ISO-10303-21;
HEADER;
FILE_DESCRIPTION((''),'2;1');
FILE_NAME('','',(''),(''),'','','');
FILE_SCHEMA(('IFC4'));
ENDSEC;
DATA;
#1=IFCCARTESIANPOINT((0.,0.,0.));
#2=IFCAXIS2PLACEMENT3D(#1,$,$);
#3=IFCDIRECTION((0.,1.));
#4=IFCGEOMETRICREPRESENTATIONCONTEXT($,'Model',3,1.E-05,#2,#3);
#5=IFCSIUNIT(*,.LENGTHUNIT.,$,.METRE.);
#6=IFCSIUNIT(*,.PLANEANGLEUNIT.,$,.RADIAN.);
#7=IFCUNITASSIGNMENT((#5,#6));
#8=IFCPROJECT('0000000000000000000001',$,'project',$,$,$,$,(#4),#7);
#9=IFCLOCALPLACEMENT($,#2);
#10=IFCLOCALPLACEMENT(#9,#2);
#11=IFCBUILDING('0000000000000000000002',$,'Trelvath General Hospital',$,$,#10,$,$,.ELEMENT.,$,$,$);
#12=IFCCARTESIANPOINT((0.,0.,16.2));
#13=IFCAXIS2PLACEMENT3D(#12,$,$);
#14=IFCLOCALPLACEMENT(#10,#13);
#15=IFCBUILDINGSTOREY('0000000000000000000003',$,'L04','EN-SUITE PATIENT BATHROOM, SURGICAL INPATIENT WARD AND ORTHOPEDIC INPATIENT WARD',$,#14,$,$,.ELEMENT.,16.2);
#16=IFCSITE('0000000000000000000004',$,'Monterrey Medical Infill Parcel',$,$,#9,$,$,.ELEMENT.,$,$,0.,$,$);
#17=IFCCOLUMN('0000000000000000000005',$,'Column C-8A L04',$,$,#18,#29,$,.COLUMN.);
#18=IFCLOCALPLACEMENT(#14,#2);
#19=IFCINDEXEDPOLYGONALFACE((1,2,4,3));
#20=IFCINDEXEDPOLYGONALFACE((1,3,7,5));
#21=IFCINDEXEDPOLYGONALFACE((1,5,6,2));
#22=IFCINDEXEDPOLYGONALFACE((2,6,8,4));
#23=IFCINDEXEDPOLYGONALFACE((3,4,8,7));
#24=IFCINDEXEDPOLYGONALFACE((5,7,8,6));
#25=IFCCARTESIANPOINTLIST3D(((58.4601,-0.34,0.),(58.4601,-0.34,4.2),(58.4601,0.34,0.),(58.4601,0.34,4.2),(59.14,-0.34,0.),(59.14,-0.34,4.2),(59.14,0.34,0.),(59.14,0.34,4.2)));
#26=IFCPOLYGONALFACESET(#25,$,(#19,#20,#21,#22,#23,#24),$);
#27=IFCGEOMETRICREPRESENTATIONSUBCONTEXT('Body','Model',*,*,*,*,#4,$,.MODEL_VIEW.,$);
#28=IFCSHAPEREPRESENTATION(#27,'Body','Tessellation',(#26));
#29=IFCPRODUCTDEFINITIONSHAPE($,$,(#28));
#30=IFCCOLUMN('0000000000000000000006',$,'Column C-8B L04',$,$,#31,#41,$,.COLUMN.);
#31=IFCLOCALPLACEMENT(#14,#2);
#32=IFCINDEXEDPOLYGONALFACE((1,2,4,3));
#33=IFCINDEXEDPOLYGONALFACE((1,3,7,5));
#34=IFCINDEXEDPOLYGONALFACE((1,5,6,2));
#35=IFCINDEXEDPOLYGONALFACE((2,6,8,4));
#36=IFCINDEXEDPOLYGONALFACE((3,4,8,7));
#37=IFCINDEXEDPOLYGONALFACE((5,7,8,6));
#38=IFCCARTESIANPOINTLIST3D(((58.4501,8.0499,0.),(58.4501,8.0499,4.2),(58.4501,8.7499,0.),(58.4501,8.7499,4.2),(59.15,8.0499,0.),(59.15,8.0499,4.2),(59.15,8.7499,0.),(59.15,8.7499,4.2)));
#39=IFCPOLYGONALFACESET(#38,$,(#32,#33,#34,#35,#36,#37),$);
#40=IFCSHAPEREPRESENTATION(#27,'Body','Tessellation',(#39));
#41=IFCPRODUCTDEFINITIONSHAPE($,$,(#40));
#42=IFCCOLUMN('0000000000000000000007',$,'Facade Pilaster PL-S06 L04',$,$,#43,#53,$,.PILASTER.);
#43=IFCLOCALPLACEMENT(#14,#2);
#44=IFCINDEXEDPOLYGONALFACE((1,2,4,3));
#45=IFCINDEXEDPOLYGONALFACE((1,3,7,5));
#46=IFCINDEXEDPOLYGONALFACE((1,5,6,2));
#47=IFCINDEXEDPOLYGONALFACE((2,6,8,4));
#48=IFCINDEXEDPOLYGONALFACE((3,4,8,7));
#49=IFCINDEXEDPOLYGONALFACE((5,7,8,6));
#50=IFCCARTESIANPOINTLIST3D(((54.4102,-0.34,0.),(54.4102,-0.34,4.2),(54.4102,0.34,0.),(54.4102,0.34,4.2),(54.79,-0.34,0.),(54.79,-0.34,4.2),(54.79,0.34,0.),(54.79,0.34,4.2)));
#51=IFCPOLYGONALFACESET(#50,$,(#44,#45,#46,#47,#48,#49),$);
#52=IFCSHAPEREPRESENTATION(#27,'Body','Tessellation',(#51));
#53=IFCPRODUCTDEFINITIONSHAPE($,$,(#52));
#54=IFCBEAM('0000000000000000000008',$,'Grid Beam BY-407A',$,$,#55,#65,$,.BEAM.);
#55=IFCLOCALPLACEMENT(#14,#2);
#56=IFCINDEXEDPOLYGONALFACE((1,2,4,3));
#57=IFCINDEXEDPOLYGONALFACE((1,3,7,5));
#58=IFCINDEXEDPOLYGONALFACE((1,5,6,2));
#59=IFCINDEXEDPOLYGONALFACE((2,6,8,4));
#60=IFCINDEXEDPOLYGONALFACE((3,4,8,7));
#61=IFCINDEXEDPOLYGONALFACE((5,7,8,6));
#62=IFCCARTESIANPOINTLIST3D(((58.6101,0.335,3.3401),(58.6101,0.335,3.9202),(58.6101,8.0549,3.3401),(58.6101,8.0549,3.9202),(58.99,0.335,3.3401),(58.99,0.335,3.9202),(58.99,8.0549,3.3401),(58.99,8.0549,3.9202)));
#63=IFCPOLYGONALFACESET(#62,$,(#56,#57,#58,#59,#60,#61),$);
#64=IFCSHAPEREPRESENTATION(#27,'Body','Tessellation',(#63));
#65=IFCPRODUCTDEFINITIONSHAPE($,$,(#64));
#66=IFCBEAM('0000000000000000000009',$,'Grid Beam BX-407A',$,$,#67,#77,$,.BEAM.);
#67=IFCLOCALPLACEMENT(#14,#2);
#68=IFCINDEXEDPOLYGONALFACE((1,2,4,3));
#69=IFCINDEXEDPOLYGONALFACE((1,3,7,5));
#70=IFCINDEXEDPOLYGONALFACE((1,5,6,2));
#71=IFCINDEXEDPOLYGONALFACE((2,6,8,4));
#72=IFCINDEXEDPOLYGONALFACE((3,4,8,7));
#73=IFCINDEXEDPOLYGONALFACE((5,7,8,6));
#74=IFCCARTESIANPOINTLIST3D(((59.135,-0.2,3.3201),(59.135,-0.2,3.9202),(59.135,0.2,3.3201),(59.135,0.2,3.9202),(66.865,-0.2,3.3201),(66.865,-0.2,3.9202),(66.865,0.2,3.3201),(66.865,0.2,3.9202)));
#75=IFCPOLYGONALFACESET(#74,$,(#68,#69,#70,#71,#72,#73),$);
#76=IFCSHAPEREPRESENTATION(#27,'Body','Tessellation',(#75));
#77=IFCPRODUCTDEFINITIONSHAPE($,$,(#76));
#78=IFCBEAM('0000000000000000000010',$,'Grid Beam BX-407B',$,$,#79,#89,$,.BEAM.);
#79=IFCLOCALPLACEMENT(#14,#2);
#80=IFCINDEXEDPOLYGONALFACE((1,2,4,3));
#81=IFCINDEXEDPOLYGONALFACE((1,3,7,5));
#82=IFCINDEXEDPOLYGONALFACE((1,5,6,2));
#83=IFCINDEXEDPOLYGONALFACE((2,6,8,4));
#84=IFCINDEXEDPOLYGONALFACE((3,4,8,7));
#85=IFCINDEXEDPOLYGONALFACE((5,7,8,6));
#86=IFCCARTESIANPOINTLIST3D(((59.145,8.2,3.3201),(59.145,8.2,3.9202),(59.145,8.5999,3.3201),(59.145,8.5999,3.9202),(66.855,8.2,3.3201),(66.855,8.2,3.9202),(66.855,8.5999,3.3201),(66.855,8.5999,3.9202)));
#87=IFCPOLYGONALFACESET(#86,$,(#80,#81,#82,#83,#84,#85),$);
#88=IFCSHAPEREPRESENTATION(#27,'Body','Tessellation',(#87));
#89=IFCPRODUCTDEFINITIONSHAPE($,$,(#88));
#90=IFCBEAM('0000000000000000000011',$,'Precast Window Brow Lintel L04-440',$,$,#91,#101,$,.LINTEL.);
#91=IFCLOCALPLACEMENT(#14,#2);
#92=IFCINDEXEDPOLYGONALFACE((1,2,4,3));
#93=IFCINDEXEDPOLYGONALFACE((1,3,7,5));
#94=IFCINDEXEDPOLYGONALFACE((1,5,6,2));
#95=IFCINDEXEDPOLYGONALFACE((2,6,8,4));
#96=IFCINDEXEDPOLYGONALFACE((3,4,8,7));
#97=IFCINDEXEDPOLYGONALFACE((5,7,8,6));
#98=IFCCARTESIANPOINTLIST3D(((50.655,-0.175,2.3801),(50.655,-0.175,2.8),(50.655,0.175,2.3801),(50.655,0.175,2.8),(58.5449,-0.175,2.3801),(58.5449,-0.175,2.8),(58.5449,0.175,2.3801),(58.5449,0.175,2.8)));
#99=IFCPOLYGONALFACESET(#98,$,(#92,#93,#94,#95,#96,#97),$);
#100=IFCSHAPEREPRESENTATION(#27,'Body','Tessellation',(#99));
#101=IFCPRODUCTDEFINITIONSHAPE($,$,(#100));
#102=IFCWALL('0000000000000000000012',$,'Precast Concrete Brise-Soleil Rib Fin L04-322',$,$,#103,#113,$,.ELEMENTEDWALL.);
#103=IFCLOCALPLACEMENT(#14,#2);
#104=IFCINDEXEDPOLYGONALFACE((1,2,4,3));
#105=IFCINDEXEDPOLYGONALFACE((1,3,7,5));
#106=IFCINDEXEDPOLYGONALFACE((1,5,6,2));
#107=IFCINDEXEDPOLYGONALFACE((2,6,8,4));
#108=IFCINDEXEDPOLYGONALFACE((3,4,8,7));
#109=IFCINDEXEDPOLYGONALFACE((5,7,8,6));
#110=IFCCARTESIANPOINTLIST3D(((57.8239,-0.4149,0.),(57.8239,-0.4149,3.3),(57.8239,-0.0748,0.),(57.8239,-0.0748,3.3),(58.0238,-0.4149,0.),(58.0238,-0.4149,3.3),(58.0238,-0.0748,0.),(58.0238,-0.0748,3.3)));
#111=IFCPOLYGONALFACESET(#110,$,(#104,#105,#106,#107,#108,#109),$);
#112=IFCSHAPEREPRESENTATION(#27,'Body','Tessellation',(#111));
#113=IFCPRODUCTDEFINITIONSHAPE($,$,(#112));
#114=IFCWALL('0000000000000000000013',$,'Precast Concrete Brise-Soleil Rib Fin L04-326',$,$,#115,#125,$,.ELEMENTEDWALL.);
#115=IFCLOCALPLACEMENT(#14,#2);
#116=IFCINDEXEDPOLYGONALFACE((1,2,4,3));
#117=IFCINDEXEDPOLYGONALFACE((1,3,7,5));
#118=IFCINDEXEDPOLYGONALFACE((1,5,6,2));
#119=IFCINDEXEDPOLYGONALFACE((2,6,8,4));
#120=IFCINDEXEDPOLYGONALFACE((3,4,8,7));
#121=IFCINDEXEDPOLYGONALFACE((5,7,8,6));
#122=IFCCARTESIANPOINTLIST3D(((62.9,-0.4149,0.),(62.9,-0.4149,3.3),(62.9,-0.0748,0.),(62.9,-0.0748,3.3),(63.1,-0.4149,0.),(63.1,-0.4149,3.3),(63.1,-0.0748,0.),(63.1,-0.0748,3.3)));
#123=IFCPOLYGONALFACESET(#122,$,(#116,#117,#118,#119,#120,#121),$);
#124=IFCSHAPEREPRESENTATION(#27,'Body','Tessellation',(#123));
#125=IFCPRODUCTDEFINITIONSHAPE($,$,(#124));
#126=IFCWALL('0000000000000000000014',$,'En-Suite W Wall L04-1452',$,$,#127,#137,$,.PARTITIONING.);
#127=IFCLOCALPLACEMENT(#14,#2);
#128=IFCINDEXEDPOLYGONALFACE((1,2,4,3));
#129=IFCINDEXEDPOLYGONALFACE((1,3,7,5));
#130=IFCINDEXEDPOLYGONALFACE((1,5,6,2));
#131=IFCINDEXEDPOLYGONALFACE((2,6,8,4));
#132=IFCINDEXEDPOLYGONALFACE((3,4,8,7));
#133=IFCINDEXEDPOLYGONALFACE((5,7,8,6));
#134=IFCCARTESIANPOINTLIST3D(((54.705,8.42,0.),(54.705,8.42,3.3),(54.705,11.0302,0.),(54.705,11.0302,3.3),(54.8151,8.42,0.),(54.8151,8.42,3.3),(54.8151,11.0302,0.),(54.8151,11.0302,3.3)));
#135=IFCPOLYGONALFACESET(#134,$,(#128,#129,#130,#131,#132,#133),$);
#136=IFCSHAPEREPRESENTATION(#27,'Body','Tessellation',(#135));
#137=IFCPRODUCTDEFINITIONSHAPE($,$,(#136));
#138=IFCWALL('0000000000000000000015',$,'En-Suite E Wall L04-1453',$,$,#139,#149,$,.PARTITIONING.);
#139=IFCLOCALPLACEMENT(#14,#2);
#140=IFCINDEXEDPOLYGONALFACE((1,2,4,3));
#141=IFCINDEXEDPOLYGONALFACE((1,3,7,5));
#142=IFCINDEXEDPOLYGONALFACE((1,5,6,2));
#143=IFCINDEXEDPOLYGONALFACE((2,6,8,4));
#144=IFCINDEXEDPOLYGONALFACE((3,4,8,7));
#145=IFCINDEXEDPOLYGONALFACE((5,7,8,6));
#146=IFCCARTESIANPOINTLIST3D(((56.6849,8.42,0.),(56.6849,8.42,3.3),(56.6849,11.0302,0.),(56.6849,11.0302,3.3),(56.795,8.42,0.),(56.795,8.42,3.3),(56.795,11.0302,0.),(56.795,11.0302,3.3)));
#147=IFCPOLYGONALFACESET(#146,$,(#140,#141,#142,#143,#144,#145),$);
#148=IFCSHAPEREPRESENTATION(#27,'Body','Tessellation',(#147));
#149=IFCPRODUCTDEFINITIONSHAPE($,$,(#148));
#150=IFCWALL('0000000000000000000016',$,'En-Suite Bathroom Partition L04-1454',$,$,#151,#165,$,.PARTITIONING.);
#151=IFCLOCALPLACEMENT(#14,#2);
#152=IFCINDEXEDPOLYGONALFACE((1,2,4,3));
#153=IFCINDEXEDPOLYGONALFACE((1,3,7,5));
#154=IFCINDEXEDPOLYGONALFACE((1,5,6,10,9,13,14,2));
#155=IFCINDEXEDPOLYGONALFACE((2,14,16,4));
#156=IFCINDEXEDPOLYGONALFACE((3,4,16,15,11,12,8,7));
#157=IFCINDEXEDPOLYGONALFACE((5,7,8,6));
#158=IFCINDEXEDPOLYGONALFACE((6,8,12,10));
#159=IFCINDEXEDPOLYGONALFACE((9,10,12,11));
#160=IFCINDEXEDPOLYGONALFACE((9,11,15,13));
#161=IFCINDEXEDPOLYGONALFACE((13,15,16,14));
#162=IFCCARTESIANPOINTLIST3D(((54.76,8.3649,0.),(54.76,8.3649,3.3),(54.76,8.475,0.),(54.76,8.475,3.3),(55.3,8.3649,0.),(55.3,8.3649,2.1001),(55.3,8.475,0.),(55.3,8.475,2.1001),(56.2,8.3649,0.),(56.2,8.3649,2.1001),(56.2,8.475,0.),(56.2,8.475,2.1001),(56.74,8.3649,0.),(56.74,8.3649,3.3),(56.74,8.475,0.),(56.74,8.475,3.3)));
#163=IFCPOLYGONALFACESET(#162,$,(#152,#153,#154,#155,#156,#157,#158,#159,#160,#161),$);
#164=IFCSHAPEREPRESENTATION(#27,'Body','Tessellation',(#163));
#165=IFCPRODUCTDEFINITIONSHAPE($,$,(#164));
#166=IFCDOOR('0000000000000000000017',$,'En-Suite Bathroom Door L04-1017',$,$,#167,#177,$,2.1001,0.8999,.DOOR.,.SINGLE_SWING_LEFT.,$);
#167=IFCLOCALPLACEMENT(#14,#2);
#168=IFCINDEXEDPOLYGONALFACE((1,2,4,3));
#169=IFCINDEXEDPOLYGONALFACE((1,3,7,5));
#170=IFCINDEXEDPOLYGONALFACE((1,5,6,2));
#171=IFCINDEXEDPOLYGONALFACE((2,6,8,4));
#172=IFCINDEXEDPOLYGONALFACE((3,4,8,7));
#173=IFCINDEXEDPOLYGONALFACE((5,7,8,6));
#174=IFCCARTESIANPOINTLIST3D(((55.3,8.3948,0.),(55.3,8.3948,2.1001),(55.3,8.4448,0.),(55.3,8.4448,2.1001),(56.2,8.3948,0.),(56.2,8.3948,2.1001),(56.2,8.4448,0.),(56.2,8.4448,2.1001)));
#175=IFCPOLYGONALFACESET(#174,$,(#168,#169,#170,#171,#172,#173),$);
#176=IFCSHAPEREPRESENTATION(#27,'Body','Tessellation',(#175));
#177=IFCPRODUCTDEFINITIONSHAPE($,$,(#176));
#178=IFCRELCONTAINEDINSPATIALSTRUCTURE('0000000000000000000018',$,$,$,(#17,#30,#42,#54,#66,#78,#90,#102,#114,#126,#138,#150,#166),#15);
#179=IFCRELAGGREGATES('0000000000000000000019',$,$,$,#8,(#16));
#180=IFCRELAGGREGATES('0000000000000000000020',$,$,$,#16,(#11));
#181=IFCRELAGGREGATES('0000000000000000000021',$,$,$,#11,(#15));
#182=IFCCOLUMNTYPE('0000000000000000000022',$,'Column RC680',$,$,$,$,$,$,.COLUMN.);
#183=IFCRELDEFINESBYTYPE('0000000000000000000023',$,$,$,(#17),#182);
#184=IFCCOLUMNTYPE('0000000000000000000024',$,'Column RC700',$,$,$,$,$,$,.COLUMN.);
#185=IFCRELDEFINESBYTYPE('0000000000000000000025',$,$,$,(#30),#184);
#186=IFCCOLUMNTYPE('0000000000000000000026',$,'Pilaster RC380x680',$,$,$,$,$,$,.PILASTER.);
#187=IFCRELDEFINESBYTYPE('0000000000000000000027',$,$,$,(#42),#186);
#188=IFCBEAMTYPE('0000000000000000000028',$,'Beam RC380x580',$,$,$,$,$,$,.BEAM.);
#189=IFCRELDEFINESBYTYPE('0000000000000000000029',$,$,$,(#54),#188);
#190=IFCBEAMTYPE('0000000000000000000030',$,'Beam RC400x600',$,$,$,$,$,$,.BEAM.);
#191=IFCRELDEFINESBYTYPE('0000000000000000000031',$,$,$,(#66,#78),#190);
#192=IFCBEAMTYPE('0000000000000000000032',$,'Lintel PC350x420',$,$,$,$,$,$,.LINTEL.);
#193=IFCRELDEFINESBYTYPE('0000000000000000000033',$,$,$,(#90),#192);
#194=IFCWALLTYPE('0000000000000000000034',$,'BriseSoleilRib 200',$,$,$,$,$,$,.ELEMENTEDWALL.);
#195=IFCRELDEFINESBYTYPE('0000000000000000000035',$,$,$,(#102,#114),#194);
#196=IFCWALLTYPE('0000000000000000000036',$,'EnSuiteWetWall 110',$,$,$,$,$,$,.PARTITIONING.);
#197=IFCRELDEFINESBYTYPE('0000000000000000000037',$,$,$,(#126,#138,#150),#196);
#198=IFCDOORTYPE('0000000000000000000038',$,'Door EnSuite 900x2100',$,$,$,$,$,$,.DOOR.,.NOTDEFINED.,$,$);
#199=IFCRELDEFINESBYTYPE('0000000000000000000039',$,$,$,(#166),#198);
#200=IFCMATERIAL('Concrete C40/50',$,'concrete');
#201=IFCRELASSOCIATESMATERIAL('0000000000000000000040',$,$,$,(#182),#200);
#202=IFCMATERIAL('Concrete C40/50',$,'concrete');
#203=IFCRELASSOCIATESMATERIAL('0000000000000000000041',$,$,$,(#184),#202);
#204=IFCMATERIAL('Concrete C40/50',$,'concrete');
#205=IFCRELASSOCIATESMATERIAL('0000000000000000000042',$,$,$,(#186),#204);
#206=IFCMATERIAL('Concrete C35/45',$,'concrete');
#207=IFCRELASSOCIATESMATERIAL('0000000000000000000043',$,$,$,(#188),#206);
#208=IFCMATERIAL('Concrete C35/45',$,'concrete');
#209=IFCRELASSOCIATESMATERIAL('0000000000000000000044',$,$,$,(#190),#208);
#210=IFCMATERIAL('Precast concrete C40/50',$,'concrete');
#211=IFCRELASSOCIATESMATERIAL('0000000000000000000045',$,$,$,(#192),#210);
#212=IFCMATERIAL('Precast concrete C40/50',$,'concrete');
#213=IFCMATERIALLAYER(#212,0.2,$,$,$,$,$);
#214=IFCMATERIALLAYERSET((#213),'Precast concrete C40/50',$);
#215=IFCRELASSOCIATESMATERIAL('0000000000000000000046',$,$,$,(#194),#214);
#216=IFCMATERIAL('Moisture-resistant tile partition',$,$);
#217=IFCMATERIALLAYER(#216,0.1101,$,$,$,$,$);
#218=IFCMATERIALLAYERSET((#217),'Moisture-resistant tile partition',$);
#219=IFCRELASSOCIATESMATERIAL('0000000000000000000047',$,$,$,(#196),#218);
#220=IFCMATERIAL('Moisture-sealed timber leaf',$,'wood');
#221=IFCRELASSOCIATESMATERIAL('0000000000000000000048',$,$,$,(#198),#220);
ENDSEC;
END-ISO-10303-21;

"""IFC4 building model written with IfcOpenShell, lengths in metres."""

from ifc_helpers import new_model, si_unit, direction, frame, frame_2d, origin, origin_2d, place, context, subcontext, project, spatial, rectangle, extrude, material, layer, layer_set, material_profile, profile_set, type_object, element, fill, save


model = new_model("IFC4")

# Units and contexts
model_context = context("Model", 3, precision=1e-05, world=origin(), true_north=direction((0.0, 1.0)))
body_context = subcontext(model_context, "Body", "Model", "MODEL_VIEW")
ifc_project = project(units=[si_unit("LENGTHUNIT", "METRE"), si_unit("PLANEANGLEUNIT", "RADIAN")], contexts=[model_context])

# Site, building, storey
site_placement = place(None, origin())
site = spatial("IfcSite", under=ifc_project, at=site_placement, Name="Monterrey Medical Infill Parcel", CompositionType="ELEMENT", RefElevation=0.0)
building_placement = place(site_placement, origin())
building = spatial("IfcBuilding", under=site, at=building_placement, Name="Trelvath General Hospital", CompositionType="ELEMENT")
storey_placement = place(building_placement, frame((0.0, 0.0, 16.2)))
storey = spatial("IfcBuildingStorey", under=building, at=storey_placement, Name="L04", Description="EN-SUITE PATIENT BATHROOM, SURGICAL INPATIENT WARD AND ORTHOPEDIC INPATIENT WARD", CompositionType="ELEMENT", Elevation=16.2)

# Columns
ifc_material_1 = material(Name="Concrete C40/50", Category="concrete")
ifc_material_profile_1 = material_profile(ifc_material_1, rectangle(XDim=0.6799, YDim=0.6799, at=origin_2d()), Name="RC680x680")
ifc_profile_set_1 = profile_set([ifc_material_profile_1], Name="Concrete C40/50")
column_type_1 = type_object("IfcColumnType", Name="Column RC680", PredefinedType="COLUMN", material=ifc_profile_set_1)
column_1_placement = place(storey_placement, frame((58.8, 0.0, 0.0), z_axis=(0.0, 0.0, 1.0), x_axis=(1.0, 0.0, 0.0)))
element("IfcColumn", 1, at=column_1_placement, inside=storey, type_object=column_type_1, Name="Column C-8A L04", PredefinedType="COLUMN", context=body_context, shape_type="SweptSolid", body=[
    extrude(rectangle(XDim=0.6799, YDim=0.6799, at=origin_2d()), origin(), (0.0, 0.0, 1.0), 4.2),
])
ifc_material_2 = material(Name="Concrete C40/50", Category="concrete")
ifc_material_profile_2 = material_profile(ifc_material_2, rectangle(XDim=0.7, YDim=0.7, at=origin_2d()), Name="RC700x700")
ifc_profile_set_2 = profile_set([ifc_material_profile_2], Name="Concrete C40/50")
column_type_2 = type_object("IfcColumnType", Name="Column RC700", PredefinedType="COLUMN", material=ifc_profile_set_2)
column_2_placement = place(storey_placement, frame((58.8, 8.3999, 0.0), z_axis=(0.0, 0.0, 1.0), x_axis=(1.0, 0.0, 0.0)))
element("IfcColumn", 2, at=column_2_placement, inside=storey, type_object=column_type_2, Name="Column C-8B L04", PredefinedType="COLUMN", context=body_context, shape_type="SweptSolid", body=[
    extrude(rectangle(XDim=0.7, YDim=0.7, at=origin_2d()), origin(), (0.0, 0.0, 1.0), 4.2),
])
ifc_material_3 = material(Name="Concrete C40/50", Category="concrete")
ifc_material_profile_3 = material_profile(ifc_material_3, rectangle(XDim=0.3799, YDim=0.6799, at=origin_2d()), Name="RC380x680")
ifc_profile_set_3 = profile_set([ifc_material_profile_3], Name="Concrete C40/50")
column_type_3 = type_object("IfcColumnType", Name="Pilaster RC380x680", PredefinedType="PILASTER", material=ifc_profile_set_3)
column_3_placement = place(storey_placement, frame((54.6001, 0.0, 0.0), z_axis=(0.0, 0.0, 1.0), x_axis=(1.0, 0.0, 0.0)))
element("IfcColumn", 3, at=column_3_placement, inside=storey, type_object=column_type_3, Name="Facade Pilaster PL-S06 L04", PredefinedType="PILASTER", context=body_context, shape_type="SweptSolid", body=[
    extrude(rectangle(XDim=0.3799, YDim=0.6799, at=origin_2d()), origin(), (0.0, 0.0, 1.0), 4.2),
])

# Beams
ifc_material_4 = material(Name="Concrete C35/45", Category="concrete")
ifc_material_profile_4 = material_profile(ifc_material_4, rectangle(XDim=0.3799, YDim=0.5801, at=origin_2d()), Name="RCB380x580")
ifc_profile_set_4 = profile_set([ifc_material_profile_4], Name="Concrete C35/45")
beam_type_1 = type_object("IfcBeamType", Name="Beam RC380x580", PredefinedType="BEAM", material=ifc_profile_set_4)
beam_1_placement = place(storey_placement, frame((58.8, 0.335, 3.6301), z_axis=(0.0, 1.0, 0.0), x_axis=(-1.0, 0.0, 0.0)))
element("IfcBeam", 4, at=beam_1_placement, inside=storey, type_object=beam_type_1, Name="Grid Beam BY-407A", PredefinedType="BEAM", context=body_context, shape_type="SweptSolid", body=[
    extrude(rectangle(XDim=0.3799, YDim=0.5801, at=origin_2d()), origin(), (0.0, 0.0, 1.0), 7.72),
])
ifc_material_5 = material(Name="Concrete C35/45", Category="concrete")
ifc_material_profile_5 = material_profile(ifc_material_5, rectangle(XDim=0.3999, YDim=0.6001, at=origin_2d()), Name="RCB400x600")
ifc_profile_set_5 = profile_set([ifc_material_profile_5], Name="Concrete C35/45")
beam_type_2 = type_object("IfcBeamType", Name="Beam RC400x600", PredefinedType="BEAM", material=ifc_profile_set_5)
beam_2_placement = place(storey_placement, frame((59.135, 0.0, 3.6201), z_axis=(1.0, 0.0, 0.0), x_axis=(0.0, 1.0, 0.0)))
element("IfcBeam", 5, at=beam_2_placement, inside=storey, type_object=beam_type_2, Name="Grid Beam BX-407A", PredefinedType="BEAM", context=body_context, shape_type="SweptSolid", body=[
    extrude(rectangle(XDim=0.3999, YDim=0.6001, at=origin_2d()), origin(), (0.0, 0.0, 1.0), 7.73),
])
beam_3_placement = place(storey_placement, frame((59.145, 8.3999, 3.6201), z_axis=(1.0, 0.0, 0.0), x_axis=(0.0, 1.0, 0.0)))
element("IfcBeam", 6, at=beam_3_placement, inside=storey, type_object=beam_type_2, Name="Grid Beam BX-407B", PredefinedType="BEAM", context=body_context, shape_type="SweptSolid", body=[
    extrude(rectangle(XDim=0.3999, YDim=0.6001, at=origin_2d()), origin(), (0.0, 0.0, 1.0), 7.71),
])
ifc_material_6 = material(Name="Precast concrete C40/50", Category="concrete")
ifc_material_profile_6 = material_profile(ifc_material_6, rectangle(XDim=0.3501, YDim=0.4199, at=origin_2d()), Name="PCL350x420")
ifc_profile_set_6 = profile_set([ifc_material_profile_6], Name="Precast concrete C40/50")
beam_type_3 = type_object("IfcBeamType", Name="Lintel PC350x420", PredefinedType="LINTEL", material=ifc_profile_set_6)
beam_4_placement = place(storey_placement, frame((58.5449, 0.0, 2.5901), z_axis=(-1.0, 0.0, 0.0), x_axis=(0.0, -1.0, 0.0)))
element("IfcBeam", 7, at=beam_4_placement, inside=storey, type_object=beam_type_3, Name="Precast Window Brow Lintel L04-440", PredefinedType="LINTEL", context=body_context, shape_type="SweptSolid", body=[
    extrude(rectangle(XDim=0.3501, YDim=0.4199, at=origin_2d()), origin(), (0.0, 0.0, 1.0), 7.8899),
])

# Walls
ifc_material_7 = material(Name="Precast concrete C40/50", Category="concrete")
ifc_layer_1 = layer(ifc_material_7, 0.2)
ifc_layer_set_1 = layer_set([ifc_layer_1], Name="Precast concrete C40/50")
wall_type_1 = type_object("IfcWallType", Name="BriseSoleilRib 200", PredefinedType="ELEMENTEDWALL", material=ifc_layer_set_1)
for number, where, z_axis, x_axis, name in (
    (8, (57.9238, -0.075, 0.0), (0.0, 0.0, 1.0), (0.0, -1.0, 0.0), "Precast Concrete Brise-Soleil Rib Fin L04-322"),
    (9, (63.0, -0.075, 0.0), (0.0, 0.0, 1.0), (0.0, -1.0, 0.0), "Precast Concrete Brise-Soleil Rib Fin L04-326"),
):
    element("IfcWall", number, at=place(storey_placement, frame(where, z_axis=z_axis, x_axis=x_axis)), inside=storey, type_object=wall_type_1, Name=name, PredefinedType="ELEMENTEDWALL", context=body_context, shape_type="SweptSolid", body=[
        extrude(rectangle(XDim=0.3401, YDim=0.2, at=frame_2d((0.1699, 0.0))), origin(), (0.0, 0.0, 1.0), 3.3),
    ])
ifc_material_8 = material(Name="Moisture-resistant tile partition")
ifc_layer_2 = layer(ifc_material_8, 0.1101)
ifc_layer_set_2 = layer_set([ifc_layer_2], Name="Moisture-resistant tile partition")
wall_type_2 = type_object("IfcWallType", Name="EnSuiteWetWall 110", PredefinedType="PARTITIONING", material=ifc_layer_set_2)
for number, where, z_axis, x_axis, name in (
    (10, (54.76, 8.4199, 0.0), (0.0, 0.0, 1.0), (0.0, 1.0, 0.0), "En-Suite W Wall L04-1452"),
    (11, (56.74, 8.4199, 0.0), (0.0, 0.0, 1.0), (0.0, 1.0, 0.0), "En-Suite E Wall L04-1453"),
):
    element("IfcWall", number, at=place(storey_placement, frame(where, z_axis=z_axis, x_axis=x_axis)), inside=storey, type_object=wall_type_2, Name=name, PredefinedType="PARTITIONING", context=body_context, shape_type="SweptSolid", body=[
        extrude(rectangle(XDim=2.6101, YDim=0.1101, at=frame_2d((1.3052, 0.0))), origin(), (0.0, 0.0, 1.0), 3.3),
    ])

# Wall, opening, door
wall_1_placement = place(storey_placement, frame((54.76, 8.4199, 0.0), z_axis=(0.0, 0.0, 1.0), x_axis=(1.0, 0.0, 0.0)))
wall_1 = element("IfcWall", 12, at=wall_1_placement, inside=storey, type_object=wall_type_2, Name="En-Suite Bathroom Partition L04-1454", PredefinedType="PARTITIONING", context=body_context, shape_type="SweptSolid", body=[
    extrude(rectangle(XDim=1.98, YDim=0.1101, at=frame_2d((0.99, 0.0))), origin(), (0.0, 0.0, 1.0), 3.3),
])
opening_1_placement = place(wall_1_placement, frame((0.54, 0.0, 0.0)))
opening_1 = element("IfcOpeningElement", 13, at=opening_1_placement, cuts=wall_1, PredefinedType="OPENING", context=body_context, shape_type="SweptSolid", body=[
    extrude(rectangle(XDim=0.8999, YDim=2.1001, at=frame_2d((0.45, 1.05))), frame((0.0, 0.0649, 0.0), z_axis=(0.0, -1.0, 0.0), x_axis=(1.0, 0.0, 0.0)), (0.0, 0.0, 1.0), 0.1301),
])
ifc_material_9 = material(Name="Moisture-sealed timber leaf", Category="wood")
door_type = type_object("IfcDoorType", Name="Door EnSuite 900x2100", OperationType="NOTDEFINED", PredefinedType="DOOR", material=ifc_material_9)
door_1_placement = place(opening_1_placement, origin())
door_1 = element("IfcDoor", 14, at=door_1_placement, inside=storey, type_object=door_type, Name="En-Suite Bathroom Door L04-1017", OperationType="SINGLE_SWING_LEFT", OverallHeight=2.1001, OverallWidth=0.8999, PredefinedType="DOOR", context=body_context, shape_type="SweptSolid", body=[
    extrude(rectangle(XDim=0.8999, YDim=2.1001, at=frame_2d((0.45, 1.05))), frame((0.0, 0.0249, 0.0), z_axis=(0.0, -1.0, 0.0), x_axis=(1.0, 0.0, 0.0)), (0.0, 0.0, 1.0), 0.05),
])
fill(opening_1, door_1)

save(model, "model.ifc")
